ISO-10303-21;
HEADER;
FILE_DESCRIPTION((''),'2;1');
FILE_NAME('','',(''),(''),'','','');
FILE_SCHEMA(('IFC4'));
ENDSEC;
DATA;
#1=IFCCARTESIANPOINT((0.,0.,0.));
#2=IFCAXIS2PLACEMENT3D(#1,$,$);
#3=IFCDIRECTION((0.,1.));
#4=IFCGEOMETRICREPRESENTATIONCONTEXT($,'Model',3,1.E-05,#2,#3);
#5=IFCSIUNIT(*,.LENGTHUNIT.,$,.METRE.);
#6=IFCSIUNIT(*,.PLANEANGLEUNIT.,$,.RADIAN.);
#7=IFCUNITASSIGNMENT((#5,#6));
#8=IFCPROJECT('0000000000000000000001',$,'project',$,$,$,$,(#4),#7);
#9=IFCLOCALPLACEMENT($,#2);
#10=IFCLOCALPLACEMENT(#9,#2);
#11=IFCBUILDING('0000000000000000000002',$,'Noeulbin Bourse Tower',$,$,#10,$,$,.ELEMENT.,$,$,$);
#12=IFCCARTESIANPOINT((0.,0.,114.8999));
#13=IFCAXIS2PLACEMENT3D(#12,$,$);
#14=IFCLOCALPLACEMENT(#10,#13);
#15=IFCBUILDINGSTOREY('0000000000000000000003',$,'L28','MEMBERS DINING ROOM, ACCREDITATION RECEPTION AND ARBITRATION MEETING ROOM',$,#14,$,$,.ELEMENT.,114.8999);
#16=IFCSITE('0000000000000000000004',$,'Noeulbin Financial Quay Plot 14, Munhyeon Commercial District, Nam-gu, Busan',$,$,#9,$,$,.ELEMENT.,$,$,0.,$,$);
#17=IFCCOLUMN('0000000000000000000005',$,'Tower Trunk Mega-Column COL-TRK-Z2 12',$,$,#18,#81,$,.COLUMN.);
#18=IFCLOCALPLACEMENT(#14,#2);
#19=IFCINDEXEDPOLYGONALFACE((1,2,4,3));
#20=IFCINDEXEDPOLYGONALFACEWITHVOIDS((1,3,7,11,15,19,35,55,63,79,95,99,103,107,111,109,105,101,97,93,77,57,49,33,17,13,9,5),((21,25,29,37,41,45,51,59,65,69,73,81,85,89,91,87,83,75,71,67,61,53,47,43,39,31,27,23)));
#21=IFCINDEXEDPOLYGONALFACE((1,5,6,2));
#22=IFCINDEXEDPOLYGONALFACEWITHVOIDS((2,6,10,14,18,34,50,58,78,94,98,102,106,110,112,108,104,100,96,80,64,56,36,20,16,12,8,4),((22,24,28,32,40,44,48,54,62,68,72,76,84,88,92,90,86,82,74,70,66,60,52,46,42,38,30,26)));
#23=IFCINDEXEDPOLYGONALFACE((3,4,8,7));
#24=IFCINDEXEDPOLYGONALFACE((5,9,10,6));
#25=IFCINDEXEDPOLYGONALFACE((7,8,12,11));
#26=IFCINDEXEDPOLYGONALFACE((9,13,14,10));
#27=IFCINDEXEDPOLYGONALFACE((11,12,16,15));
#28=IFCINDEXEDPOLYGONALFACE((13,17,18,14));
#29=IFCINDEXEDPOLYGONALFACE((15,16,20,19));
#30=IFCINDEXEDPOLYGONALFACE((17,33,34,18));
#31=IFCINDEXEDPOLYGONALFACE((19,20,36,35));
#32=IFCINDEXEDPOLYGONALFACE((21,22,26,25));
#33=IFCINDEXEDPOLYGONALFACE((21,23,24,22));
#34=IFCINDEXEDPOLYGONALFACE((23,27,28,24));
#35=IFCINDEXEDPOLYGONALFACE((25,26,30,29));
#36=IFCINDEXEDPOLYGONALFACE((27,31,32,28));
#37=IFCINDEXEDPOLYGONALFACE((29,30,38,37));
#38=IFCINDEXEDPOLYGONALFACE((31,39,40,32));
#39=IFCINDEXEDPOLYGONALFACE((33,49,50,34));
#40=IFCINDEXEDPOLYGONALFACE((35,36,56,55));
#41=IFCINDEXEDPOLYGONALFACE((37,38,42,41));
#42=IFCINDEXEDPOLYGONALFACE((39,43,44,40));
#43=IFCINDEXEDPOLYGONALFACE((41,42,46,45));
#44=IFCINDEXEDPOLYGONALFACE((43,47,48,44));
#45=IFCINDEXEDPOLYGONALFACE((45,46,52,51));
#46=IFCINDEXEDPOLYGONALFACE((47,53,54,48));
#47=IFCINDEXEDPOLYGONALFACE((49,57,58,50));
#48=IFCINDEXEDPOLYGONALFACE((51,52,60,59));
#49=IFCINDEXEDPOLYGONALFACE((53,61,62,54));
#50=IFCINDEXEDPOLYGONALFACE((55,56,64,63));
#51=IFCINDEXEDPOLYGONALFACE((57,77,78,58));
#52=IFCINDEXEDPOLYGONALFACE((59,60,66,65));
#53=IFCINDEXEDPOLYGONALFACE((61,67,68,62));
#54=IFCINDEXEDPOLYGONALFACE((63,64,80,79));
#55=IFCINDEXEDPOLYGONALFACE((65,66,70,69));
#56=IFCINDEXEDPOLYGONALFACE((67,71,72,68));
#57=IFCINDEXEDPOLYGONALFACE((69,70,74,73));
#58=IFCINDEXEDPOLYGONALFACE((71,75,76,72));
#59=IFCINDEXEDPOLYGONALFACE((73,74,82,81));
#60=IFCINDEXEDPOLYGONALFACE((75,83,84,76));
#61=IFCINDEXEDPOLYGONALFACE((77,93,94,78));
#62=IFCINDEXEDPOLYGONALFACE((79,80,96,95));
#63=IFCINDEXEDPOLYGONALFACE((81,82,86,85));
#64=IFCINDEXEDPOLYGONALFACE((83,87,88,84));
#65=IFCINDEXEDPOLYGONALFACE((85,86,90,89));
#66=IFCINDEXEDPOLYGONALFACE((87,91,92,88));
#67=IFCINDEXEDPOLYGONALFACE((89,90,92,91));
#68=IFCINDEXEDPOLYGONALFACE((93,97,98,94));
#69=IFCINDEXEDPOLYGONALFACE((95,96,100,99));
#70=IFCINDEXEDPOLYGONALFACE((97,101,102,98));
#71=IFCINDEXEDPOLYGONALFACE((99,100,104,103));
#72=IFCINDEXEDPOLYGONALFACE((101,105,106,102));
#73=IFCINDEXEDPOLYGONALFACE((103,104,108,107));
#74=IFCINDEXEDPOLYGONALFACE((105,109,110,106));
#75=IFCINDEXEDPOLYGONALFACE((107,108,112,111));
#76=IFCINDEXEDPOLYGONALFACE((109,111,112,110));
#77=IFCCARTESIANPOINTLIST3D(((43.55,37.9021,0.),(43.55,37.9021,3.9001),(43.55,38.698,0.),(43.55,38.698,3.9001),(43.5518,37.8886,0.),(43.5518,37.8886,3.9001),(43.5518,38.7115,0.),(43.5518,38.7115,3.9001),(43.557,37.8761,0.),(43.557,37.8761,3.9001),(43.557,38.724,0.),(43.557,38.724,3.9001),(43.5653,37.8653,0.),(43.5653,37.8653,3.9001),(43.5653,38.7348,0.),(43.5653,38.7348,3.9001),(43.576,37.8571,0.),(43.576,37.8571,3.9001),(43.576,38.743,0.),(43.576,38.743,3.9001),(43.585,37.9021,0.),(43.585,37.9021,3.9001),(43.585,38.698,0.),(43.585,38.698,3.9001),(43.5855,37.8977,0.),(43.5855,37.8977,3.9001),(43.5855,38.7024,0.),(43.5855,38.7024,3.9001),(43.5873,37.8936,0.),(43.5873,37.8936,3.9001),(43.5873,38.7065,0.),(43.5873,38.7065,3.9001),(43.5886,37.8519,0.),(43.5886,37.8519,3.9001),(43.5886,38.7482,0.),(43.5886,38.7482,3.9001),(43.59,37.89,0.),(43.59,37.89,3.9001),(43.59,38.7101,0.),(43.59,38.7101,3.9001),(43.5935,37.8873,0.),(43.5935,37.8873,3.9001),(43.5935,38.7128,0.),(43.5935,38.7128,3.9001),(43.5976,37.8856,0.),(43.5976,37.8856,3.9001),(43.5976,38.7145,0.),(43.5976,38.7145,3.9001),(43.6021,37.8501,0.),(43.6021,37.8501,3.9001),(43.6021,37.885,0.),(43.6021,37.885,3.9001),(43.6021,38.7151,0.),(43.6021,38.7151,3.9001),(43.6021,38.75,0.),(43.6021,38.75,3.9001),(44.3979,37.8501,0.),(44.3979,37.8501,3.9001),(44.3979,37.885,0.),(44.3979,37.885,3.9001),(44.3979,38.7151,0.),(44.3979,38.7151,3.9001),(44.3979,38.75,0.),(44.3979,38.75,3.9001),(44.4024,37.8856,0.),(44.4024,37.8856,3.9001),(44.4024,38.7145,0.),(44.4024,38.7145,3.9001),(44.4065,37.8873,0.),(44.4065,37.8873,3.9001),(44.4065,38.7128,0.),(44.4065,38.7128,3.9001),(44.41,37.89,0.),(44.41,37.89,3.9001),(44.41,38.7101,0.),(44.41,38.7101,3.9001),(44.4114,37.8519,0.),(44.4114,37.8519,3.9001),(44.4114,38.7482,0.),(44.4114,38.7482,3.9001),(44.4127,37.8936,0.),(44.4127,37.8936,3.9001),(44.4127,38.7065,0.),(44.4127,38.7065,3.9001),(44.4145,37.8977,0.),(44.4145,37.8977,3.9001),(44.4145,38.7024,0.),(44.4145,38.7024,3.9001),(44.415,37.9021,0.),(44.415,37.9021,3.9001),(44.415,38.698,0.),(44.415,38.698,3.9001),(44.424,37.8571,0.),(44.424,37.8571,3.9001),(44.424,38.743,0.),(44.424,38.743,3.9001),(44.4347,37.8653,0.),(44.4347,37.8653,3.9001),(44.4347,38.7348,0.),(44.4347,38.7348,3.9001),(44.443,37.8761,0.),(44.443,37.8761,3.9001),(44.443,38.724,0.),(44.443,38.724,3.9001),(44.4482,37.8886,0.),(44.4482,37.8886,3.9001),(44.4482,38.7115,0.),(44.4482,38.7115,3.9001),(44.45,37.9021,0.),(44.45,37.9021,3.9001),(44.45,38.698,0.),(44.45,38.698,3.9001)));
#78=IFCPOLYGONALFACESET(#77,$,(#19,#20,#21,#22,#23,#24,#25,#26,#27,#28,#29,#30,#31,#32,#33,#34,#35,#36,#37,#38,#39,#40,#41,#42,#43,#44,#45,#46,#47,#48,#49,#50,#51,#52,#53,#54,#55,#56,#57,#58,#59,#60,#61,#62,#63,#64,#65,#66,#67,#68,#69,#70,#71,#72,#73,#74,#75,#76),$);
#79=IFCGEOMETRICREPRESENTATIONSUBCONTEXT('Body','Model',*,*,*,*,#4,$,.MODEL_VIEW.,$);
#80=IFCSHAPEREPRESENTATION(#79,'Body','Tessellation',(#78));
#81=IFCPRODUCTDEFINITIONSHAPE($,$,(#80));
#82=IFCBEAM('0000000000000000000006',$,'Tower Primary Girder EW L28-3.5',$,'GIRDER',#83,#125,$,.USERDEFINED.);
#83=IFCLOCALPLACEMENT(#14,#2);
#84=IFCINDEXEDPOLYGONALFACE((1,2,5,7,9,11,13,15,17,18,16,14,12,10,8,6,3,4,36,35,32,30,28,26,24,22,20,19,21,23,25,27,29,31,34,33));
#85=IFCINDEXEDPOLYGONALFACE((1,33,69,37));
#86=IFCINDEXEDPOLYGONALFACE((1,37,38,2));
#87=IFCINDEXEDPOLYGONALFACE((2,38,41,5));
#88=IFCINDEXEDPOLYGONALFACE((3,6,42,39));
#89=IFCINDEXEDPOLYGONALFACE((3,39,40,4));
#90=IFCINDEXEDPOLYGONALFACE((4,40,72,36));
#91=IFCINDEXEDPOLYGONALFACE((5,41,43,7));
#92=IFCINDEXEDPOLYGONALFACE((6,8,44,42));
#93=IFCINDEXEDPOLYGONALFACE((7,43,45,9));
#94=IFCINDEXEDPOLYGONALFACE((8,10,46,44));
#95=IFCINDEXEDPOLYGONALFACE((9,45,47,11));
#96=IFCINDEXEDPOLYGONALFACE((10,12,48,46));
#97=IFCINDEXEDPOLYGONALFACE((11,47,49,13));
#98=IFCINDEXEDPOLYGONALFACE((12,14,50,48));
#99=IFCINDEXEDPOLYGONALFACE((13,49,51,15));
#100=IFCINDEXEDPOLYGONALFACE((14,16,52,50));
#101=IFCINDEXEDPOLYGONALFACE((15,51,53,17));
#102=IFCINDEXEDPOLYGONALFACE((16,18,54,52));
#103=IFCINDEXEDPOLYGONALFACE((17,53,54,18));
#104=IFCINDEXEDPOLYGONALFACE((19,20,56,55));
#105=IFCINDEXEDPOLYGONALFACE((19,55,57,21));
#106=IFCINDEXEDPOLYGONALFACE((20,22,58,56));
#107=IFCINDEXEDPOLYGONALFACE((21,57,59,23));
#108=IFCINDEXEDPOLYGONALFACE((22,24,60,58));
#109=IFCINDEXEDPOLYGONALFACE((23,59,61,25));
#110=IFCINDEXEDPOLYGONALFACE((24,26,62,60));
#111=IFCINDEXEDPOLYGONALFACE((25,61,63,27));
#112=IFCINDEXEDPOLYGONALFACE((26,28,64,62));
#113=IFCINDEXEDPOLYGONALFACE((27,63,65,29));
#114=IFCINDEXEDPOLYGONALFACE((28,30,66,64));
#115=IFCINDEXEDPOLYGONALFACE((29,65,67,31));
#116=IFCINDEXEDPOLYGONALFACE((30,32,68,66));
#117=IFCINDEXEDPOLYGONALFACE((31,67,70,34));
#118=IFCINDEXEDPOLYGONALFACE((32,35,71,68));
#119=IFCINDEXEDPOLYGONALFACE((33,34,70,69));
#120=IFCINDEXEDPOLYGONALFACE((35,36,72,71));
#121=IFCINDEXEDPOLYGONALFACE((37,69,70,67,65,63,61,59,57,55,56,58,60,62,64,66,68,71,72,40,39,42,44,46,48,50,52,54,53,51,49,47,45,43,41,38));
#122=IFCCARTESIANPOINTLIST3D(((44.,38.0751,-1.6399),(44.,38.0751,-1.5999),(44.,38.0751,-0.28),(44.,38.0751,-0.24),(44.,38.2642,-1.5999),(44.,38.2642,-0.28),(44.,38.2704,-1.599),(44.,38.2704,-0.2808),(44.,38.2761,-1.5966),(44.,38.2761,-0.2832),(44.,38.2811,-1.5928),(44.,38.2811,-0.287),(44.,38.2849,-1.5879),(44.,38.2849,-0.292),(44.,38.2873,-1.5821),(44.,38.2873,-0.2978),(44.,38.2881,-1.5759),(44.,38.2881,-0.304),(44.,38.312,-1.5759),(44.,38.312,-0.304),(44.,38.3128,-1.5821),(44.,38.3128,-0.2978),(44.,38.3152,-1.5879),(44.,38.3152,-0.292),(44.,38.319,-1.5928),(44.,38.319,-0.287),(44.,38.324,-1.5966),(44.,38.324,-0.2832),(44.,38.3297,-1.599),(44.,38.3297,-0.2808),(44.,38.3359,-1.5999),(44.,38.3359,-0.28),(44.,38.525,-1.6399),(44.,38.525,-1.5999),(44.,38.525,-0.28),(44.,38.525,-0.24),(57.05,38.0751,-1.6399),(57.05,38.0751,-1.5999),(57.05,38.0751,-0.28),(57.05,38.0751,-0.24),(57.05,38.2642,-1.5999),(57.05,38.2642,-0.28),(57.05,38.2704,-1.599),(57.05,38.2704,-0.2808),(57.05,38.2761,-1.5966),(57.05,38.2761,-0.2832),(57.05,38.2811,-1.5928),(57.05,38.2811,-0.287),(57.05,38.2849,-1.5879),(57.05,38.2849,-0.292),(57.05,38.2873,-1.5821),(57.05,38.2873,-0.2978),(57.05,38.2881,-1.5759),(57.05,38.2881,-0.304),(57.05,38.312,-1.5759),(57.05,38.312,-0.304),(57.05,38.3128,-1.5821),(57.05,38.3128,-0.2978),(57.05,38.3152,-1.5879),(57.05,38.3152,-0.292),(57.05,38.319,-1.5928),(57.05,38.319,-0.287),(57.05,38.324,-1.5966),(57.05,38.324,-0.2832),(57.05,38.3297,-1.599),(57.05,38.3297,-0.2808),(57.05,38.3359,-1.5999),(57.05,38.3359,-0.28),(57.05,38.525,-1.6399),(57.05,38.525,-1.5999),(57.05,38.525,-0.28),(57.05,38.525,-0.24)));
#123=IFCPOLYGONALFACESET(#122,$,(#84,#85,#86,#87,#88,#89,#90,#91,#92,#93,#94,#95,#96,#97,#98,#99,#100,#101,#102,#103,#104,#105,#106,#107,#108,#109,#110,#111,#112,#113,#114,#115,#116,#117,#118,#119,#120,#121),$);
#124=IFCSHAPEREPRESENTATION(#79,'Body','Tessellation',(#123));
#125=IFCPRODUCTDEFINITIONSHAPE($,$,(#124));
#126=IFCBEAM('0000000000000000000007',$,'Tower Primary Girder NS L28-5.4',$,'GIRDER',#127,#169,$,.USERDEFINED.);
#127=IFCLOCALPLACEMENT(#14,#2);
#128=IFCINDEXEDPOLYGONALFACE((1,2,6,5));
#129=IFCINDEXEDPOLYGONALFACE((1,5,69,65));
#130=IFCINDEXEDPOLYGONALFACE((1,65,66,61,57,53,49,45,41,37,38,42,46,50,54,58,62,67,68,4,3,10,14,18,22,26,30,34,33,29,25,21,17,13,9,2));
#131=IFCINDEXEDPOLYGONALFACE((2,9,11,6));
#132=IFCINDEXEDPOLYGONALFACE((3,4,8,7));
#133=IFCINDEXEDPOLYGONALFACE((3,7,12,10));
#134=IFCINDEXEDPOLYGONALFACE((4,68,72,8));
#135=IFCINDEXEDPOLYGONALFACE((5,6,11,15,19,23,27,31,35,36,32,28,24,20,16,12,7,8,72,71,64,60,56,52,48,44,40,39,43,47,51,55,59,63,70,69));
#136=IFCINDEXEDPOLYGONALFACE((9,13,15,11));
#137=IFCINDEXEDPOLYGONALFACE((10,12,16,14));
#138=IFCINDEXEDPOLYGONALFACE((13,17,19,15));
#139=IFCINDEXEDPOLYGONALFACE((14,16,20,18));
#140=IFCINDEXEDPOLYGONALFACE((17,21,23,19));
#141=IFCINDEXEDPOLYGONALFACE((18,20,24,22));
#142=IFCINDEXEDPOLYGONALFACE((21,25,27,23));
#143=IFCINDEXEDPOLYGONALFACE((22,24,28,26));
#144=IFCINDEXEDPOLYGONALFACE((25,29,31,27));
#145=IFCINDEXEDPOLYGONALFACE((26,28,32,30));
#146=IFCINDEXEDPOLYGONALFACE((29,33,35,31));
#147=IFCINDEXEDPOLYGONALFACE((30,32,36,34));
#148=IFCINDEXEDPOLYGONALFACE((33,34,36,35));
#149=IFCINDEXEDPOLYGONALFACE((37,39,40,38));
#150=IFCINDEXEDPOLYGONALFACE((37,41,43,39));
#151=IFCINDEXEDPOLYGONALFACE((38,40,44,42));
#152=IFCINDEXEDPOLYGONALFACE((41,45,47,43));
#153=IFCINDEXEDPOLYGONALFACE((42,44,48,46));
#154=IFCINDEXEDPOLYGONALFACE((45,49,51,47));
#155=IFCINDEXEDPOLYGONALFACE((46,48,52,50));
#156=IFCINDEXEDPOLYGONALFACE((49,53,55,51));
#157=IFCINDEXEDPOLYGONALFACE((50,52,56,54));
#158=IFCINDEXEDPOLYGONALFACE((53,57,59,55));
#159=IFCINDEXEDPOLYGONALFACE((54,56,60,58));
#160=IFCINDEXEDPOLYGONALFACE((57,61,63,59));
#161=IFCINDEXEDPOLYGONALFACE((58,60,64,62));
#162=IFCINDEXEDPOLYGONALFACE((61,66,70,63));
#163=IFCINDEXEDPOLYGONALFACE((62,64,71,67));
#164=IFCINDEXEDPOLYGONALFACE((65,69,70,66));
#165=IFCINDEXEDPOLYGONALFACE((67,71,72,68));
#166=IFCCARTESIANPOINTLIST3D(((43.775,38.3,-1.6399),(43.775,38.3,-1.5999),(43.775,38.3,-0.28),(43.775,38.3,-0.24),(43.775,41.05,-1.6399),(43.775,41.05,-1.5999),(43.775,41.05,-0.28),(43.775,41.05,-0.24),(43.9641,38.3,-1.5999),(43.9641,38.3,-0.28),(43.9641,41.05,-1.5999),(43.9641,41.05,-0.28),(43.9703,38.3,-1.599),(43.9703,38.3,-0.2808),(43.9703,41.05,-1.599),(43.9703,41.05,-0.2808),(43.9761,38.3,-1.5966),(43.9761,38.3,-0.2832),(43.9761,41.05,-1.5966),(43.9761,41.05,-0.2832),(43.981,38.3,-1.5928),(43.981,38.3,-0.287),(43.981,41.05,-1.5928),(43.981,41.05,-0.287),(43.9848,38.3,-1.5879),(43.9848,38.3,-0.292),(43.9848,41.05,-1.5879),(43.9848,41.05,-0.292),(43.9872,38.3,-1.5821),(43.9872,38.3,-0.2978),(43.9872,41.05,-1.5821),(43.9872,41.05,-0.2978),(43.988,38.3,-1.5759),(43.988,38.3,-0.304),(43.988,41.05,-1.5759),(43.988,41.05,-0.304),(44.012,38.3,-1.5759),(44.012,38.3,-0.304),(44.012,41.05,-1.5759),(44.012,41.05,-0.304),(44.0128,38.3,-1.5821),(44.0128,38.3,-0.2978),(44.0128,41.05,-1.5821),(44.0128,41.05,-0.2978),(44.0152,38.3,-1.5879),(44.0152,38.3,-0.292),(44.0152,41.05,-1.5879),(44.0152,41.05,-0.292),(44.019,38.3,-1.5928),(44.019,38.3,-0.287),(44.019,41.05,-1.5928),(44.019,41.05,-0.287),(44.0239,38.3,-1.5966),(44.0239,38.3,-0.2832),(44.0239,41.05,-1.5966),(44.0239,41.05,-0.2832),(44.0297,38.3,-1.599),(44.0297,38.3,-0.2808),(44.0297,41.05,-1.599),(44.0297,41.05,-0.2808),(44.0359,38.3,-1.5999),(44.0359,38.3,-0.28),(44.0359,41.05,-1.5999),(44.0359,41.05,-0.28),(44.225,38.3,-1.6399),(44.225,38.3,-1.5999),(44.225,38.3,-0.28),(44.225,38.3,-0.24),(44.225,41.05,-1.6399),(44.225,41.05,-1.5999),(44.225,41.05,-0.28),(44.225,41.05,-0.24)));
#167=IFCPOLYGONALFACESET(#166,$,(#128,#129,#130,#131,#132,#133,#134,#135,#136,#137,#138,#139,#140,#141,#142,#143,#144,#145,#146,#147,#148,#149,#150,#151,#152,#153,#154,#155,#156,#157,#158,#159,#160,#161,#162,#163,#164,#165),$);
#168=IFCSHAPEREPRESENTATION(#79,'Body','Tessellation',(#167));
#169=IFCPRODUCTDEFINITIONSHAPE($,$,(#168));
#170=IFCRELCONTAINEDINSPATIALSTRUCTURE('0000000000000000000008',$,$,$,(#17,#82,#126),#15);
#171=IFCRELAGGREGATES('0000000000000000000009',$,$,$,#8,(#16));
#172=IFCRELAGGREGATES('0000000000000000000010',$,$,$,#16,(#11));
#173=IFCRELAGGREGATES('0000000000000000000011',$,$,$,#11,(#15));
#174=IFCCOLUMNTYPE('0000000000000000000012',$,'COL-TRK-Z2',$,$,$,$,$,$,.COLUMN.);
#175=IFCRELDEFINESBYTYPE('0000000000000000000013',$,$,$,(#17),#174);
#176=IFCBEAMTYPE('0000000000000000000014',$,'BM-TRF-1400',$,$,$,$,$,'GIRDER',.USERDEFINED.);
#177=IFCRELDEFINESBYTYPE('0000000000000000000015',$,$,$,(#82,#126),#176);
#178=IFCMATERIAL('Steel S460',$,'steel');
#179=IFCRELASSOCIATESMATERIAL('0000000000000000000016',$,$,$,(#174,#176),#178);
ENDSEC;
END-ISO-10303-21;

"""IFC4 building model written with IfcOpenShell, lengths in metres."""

from ifc_helpers import new_model, si_unit, direction, frame, origin, origin_2d, place, context, subcontext, project, spatial, hollow_rectangle, i_section, extrude, material, material_profile, profile_set, type_object, element, save


model = new_model("IFC4")

# Units and contexts
model_context = context("Model", 3, precision=1e-05, world=origin(), true_north=direction((0.0, 1.0)))
body_context = subcontext(model_context, "Body", "Model", "MODEL_VIEW")
ifc_project = project(units=[si_unit("LENGTHUNIT", "METRE"), si_unit("PLANEANGLEUNIT", "RADIAN")], contexts=[model_context])

# Site, building, storey
site_placement = place(None, origin())
site = spatial("IfcSite", under=ifc_project, at=site_placement, Name="Noeulbin Financial Quay Plot 14, Munhyeon Commercial District, Nam-gu, Busan", CompositionType="ELEMENT", RefElevation=0.0)
building_placement = place(site_placement, origin())
building = spatial("IfcBuilding", under=site, at=building_placement, Name="Noeulbin Bourse Tower", CompositionType="ELEMENT")
storey_placement = place(building_placement, frame((0.0, 0.0, 114.8999)))
storey = spatial("IfcBuildingStorey", under=building, at=storey_placement, Name="L28", Description="MEMBERS DINING ROOM, ACCREDITATION RECEPTION AND ARBITRATION MEETING ROOM", CompositionType="ELEMENT", Elevation=114.8999)

# Column
ifc_material_1 = material(Name="Steel S460", Category="steel")
ifc_material_profile_1 = material_profile(ifc_material_1, hollow_rectangle(XDim=0.8999, YDim=0.8999, WallThickness=0.0349, InnerFilletRadius=0.0171, OuterFilletRadius=0.052, at=origin_2d()), Name="BOX-900x900x35", Category="LoadBearing")
ifc_profile_set_1 = profile_set([ifc_material_profile_1], Name="Steel S460")
column_type = type_object("IfcColumnType", Name="COL-TRK-Z2", PredefinedType="COLUMN", material=ifc_profile_set_1)
column_placement = place(storey_placement, frame((44.0, 38.3, 0.0), z_axis=(0.0, 0.0, 1.0), x_axis=(1.0, 0.0, 0.0)))
element("IfcColumn", 1, at=column_placement, inside=storey, type_object=column_type, Name="Tower Trunk Mega-Column COL-TRK-Z2 12", PredefinedType="COLUMN", context=body_context, shape_type="SweptSolid", body=[
    extrude(hollow_rectangle(XDim=0.8999, YDim=0.8999, WallThickness=0.0349, InnerFilletRadius=0.0171, OuterFilletRadius=0.052, at=origin_2d()), origin(), (0.0, 0.0, 1.0), 3.9001),
])

# Beams
ifc_material_profile_2 = material_profile(ifc_material_1, i_section(OverallWidth=0.45, OverallDepth=1.3999, WebThickness=0.0239, FlangeThickness=0.04, FilletRadius=0.0239, at=origin_2d()), Name="PG-1400x450x24x40", Category="LoadBearing")
ifc_profile_set_2 = profile_set([ifc_material_profile_2], Name="Steel S460")
beam_type = type_object("IfcBeamType", Name="BM-TRF-1400", ElementType="GIRDER", PredefinedType="USERDEFINED", material=ifc_profile_set_2)
beam_1_placement = place(storey_placement, frame((44.0, 38.3, -0.9399), z_axis=(1.0, 0.0, 0.0), x_axis=(0.0, 1.0, 0.0)))
element("IfcBeam", 2, at=beam_1_placement, inside=storey, type_object=beam_type, Name="Tower Primary Girder EW L28-3.5", ObjectType="GIRDER", PredefinedType="USERDEFINED", context=body_context, shape_type="SweptSolid", body=[
    extrude(i_section(OverallWidth=0.45, OverallDepth=1.3999, WebThickness=0.0239, FlangeThickness=0.04, FilletRadius=0.0239, at=origin_2d()), origin(), (0.0, 0.0, 1.0), 13.05),
])
beam_2_placement = place(storey_placement, frame((44.0, 38.3, -0.9399), z_axis=(0.0, 1.0, 0.0), x_axis=(-1.0, 0.0, 0.0)))
element("IfcBeam", 3, at=beam_2_placement, inside=storey, type_object=beam_type, Name="Tower Primary Girder NS L28-5.4", ObjectType="GIRDER", PredefinedType="USERDEFINED", context=body_context, shape_type="SweptSolid", body=[
    extrude(i_section(OverallWidth=0.45, OverallDepth=1.3999, WebThickness=0.0239, FlangeThickness=0.04, FilletRadius=0.0239, at=origin_2d()), origin(), (0.0, 0.0, 1.0), 2.75),
])

save(model, "model.ifc")
